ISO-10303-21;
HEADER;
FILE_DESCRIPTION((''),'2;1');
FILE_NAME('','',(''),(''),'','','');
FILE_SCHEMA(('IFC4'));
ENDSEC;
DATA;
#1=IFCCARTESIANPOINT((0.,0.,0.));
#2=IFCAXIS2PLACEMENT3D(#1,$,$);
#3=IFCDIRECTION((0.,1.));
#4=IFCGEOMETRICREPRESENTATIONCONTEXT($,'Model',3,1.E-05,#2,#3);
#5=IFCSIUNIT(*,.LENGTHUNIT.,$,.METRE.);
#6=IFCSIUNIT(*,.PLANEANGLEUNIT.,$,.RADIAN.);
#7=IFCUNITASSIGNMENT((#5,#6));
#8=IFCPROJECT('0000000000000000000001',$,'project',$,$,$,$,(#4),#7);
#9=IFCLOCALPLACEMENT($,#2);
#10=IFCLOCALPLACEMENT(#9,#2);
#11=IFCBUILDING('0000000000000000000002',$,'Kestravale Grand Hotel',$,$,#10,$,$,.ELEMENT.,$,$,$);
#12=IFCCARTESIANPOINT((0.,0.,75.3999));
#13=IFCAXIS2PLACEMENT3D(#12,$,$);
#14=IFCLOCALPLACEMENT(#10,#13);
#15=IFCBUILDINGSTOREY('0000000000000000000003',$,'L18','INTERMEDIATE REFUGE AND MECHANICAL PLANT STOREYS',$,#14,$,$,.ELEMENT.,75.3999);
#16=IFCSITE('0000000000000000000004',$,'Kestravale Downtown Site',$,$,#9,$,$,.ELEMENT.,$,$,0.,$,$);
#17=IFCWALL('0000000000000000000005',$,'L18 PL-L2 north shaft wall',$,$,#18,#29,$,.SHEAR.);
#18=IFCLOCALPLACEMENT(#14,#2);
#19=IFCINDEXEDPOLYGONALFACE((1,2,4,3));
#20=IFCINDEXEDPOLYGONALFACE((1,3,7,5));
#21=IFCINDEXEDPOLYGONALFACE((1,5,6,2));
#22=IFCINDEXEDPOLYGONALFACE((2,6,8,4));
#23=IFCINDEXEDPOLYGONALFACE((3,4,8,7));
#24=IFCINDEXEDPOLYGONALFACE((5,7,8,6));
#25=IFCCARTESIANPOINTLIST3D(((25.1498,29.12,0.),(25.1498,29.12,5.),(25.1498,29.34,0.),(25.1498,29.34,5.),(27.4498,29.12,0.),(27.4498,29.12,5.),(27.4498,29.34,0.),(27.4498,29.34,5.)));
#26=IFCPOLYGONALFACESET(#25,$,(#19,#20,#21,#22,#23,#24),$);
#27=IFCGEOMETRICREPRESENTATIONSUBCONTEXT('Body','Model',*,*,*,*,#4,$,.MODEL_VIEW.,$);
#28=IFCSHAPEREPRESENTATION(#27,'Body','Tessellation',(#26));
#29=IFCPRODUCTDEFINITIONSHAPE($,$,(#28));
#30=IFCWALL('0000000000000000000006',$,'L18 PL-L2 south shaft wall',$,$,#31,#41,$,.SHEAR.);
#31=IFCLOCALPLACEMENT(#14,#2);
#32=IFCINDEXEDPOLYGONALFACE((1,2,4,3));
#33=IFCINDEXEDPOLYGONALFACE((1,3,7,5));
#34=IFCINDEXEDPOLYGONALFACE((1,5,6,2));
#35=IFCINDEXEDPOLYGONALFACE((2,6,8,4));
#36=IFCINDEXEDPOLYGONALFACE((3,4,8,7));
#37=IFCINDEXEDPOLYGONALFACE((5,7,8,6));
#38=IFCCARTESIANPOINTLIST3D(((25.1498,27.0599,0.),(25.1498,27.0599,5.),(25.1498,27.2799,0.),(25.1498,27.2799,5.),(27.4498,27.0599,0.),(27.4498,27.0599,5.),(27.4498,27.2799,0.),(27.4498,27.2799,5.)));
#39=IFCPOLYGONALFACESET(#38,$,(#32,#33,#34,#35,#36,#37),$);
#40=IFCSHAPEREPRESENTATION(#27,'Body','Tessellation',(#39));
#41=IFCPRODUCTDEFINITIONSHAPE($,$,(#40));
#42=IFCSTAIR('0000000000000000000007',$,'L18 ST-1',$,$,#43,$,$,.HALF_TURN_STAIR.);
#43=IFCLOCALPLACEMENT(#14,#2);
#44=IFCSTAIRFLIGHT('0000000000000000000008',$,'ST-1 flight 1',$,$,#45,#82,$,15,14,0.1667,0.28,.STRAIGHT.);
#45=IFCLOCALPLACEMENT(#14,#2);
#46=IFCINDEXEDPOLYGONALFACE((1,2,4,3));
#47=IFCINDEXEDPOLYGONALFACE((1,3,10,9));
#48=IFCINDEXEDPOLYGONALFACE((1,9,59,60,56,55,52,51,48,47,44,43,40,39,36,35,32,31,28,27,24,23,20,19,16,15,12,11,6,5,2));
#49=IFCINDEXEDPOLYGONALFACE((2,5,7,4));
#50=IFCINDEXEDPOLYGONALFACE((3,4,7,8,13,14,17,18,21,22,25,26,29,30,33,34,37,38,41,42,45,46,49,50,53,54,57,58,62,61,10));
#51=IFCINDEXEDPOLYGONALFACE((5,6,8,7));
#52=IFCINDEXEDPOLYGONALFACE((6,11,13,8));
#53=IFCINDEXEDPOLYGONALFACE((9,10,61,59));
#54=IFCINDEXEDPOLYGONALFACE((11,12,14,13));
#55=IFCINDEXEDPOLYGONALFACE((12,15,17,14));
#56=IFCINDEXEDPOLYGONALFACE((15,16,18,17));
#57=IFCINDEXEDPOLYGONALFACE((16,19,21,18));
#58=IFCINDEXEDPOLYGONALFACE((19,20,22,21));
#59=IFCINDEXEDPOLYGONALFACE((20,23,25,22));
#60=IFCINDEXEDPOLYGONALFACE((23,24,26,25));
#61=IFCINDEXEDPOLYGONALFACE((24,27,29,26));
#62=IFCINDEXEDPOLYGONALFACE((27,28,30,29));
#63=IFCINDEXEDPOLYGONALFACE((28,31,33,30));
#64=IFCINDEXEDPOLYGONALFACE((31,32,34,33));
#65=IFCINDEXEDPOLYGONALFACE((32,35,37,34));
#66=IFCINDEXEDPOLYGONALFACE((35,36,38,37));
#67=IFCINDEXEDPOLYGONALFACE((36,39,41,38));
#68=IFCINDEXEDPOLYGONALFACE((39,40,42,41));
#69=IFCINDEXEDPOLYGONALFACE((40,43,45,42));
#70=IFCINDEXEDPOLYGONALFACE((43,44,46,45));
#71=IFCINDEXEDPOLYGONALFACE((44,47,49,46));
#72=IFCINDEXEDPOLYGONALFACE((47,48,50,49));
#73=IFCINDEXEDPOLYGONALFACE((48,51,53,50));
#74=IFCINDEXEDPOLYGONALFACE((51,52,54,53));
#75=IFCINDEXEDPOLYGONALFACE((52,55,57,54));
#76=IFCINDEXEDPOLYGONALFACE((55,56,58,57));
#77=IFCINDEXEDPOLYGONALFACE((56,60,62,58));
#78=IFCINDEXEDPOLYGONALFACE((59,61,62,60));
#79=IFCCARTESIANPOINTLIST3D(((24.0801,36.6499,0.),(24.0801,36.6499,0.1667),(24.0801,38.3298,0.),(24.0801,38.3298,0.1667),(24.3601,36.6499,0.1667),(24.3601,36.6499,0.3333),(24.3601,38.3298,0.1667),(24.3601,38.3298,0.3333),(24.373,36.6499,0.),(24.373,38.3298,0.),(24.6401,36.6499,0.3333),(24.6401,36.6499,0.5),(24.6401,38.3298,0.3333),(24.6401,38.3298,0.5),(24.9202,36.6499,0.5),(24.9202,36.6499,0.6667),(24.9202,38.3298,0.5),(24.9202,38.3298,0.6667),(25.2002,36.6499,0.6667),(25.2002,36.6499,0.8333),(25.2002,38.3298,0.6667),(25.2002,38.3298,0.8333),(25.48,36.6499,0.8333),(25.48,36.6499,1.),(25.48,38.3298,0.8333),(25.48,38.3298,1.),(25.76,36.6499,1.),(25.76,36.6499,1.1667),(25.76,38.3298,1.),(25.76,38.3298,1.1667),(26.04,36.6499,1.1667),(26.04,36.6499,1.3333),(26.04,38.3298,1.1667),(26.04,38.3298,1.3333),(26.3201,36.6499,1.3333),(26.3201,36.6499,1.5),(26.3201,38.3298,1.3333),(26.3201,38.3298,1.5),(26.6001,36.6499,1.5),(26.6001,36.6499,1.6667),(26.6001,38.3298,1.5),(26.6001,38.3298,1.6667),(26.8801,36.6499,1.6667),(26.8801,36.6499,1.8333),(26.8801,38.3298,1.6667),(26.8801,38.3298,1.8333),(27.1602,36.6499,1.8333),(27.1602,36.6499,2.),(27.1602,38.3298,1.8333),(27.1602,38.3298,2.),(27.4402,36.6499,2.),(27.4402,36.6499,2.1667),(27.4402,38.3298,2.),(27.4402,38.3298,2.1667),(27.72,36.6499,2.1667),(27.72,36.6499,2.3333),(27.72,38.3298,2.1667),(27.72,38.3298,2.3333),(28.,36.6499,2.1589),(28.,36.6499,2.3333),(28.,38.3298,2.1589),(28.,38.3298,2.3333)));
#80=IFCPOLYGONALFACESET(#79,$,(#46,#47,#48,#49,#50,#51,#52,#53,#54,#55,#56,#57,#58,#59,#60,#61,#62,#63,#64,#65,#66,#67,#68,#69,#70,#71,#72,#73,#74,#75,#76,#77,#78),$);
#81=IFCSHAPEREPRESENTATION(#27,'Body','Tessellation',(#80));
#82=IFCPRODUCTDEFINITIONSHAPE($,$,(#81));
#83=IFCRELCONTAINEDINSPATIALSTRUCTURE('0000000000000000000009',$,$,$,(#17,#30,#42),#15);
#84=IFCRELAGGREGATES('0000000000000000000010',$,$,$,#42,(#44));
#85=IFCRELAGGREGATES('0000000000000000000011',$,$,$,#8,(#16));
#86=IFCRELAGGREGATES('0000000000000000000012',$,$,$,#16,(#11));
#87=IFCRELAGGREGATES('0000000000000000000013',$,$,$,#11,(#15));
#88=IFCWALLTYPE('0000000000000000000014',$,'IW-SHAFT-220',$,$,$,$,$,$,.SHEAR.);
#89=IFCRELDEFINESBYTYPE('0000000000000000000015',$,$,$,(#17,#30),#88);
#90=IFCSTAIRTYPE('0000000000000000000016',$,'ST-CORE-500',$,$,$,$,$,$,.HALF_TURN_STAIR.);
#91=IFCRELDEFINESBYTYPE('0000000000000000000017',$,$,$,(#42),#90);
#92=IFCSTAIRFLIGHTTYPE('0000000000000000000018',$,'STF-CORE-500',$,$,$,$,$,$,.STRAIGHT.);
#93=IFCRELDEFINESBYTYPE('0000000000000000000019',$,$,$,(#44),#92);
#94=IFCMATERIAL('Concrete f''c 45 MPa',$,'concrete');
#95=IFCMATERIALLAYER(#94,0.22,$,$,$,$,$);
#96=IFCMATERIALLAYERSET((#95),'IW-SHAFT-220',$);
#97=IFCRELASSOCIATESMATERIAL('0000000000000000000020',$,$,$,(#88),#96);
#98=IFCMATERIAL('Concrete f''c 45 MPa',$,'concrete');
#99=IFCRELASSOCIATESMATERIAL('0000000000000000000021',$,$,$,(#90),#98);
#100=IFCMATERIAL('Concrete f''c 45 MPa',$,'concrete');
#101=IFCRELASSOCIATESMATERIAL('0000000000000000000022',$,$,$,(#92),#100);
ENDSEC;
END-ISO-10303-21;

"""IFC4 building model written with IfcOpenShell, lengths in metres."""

from ifc_helpers import new_model, si_unit, direction, frame, frame_2d, origin, place, context, subcontext, project, spatial, polyline, rectangle, outline, extrude, material, layer, layer_set, type_object, element, aggregate, save


model = new_model("IFC4")

# Units and contexts
model_context = context("Model", 3, precision=1e-05, world=origin(), true_north=direction((0.0, 1.0)))
body_context = subcontext(model_context, "Body", "Model", "MODEL_VIEW")
ifc_project = project(units=[si_unit("LENGTHUNIT", "METRE"), si_unit("PLANEANGLEUNIT", "RADIAN")], contexts=[model_context])

# Site, building, storey
site_placement = place(None, origin())
site = spatial("IfcSite", under=ifc_project, at=site_placement, Name="Kestravale Downtown Site", CompositionType="ELEMENT", RefElevation=0.0)
building_placement = place(site_placement, origin())
building = spatial("IfcBuilding", under=site, at=building_placement, Name="Kestravale Grand Hotel", CompositionType="ELEMENT")
storey_placement = place(building_placement, frame((0.0, 0.0, 75.3999)))
storey = spatial("IfcBuildingStorey", under=building, at=storey_placement, Name="L18", Description="INTERMEDIATE REFUGE AND MECHANICAL PLANT STOREYS", CompositionType="ELEMENT", Elevation=75.3999)

# Walls
ifc_material_1 = material(Name="Concrete f'c 45 MPa", Category="concrete")
ifc_layer_1 = layer(ifc_material_1, 0.22)
ifc_layer_set_1 = layer_set([ifc_layer_1], Name="IW-SHAFT-220")
wall_type_1 = type_object("IfcWallType", Name="IW-SHAFT-220", PredefinedType="SHEAR", material=ifc_layer_set_1)
for number, where, z_axis, x_axis, name in (
    (1, (25.1499, 29.23, 0.0), (0.0, 0.0, 1.0), (1.0, 0.0, 0.0), "L18 PL-L2 north shaft wall"),
    (2, (25.1499, 27.1699, 0.0), (0.0, 0.0, 1.0), (1.0, 0.0, 0.0), "L18 PL-L2 south shaft wall"),
):
    element("IfcWall", number, at=place(storey_placement, frame(where, z_axis=z_axis, x_axis=x_axis)), inside=storey, type_object=wall_type_1, Name=name, PredefinedType="SHEAR", context=body_context, shape_type="SweptSolid", body=[
        extrude(rectangle(XDim=2.3, YDim=0.22, at=frame_2d((1.1499, 0.0))), origin(), (0.0, 0.0, 1.0), 5.0),
    ])

# Stair, stair flight
ifc_material_2 = material(Name="Concrete f'c 45 MPa", Category="concrete")
stair_type = type_object("IfcStairType", Name="ST-CORE-500", PredefinedType="HALF_TURN_STAIR", material=ifc_material_2)
stair_placement = place(storey_placement, origin())
stair = element("IfcStair", 3, at=stair_placement, inside=storey, type_object=stair_type, Name="L18 ST-1", PredefinedType="HALF_TURN_STAIR")
ifc_material_3 = material(Name="Concrete f'c 45 MPa", Category="concrete")
stair_flight_type = type_object("IfcStairFlightType", Name="STF-CORE-500", PredefinedType="STRAIGHT", material=ifc_material_3)
stair_flight_placement = place(storey_placement, frame((24.0801, 37.49, 0.0), z_axis=(0.0, 0.0, 1.0), x_axis=(1.0, 0.0, 0.0)))
stair_flight = element("IfcStairFlight", 4, at=stair_flight_placement, type_object=stair_flight_type, Name="ST-1 flight 1", NumberOfRisers=15, NumberOfTreads=14, PredefinedType="STRAIGHT", RiserHeight=0.1667, TreadLength=0.28, context=body_context, shape_type="SweptSolid", body=[
    extrude(outline(polyline([(0.0, 0.0), (0.0, 0.1667), (0.28, 0.1667), (0.28, 0.3333), (0.5601, 0.3333), (0.5601, 0.5), (0.8401, 0.5), (0.8401, 0.6667), (1.1201, 0.6667), (1.1201, 0.8333), (1.3999, 0.8333), (1.3999, 1.0), (1.6799, 1.0), (1.6799, 1.1667), (1.96, 1.1667), (1.96, 1.3333), (2.24, 1.3333), (2.24, 1.5), (2.52, 1.5), (2.52, 1.6667), (2.8, 1.6667), (2.8, 1.8333), (3.0801, 1.8333), (3.0801, 2.0), (3.3601, 2.0), (3.3601, 2.1667), (3.6399, 2.1667), (3.6399, 2.3333), (3.9199, 2.3333), (3.9199, 2.5), (3.9199, 2.1589), (0.293, 0.0), (0.0, 0.0)])), frame((0.0, 0.8398, 0.0), z_axis=(0.0, -1.0, 0.0), x_axis=(1.0, 0.0, 0.0)), (0.0, 0.0, 1.0), 1.6799),
])
aggregate(stair, [stair_flight])

save(model, "model.ifc")
